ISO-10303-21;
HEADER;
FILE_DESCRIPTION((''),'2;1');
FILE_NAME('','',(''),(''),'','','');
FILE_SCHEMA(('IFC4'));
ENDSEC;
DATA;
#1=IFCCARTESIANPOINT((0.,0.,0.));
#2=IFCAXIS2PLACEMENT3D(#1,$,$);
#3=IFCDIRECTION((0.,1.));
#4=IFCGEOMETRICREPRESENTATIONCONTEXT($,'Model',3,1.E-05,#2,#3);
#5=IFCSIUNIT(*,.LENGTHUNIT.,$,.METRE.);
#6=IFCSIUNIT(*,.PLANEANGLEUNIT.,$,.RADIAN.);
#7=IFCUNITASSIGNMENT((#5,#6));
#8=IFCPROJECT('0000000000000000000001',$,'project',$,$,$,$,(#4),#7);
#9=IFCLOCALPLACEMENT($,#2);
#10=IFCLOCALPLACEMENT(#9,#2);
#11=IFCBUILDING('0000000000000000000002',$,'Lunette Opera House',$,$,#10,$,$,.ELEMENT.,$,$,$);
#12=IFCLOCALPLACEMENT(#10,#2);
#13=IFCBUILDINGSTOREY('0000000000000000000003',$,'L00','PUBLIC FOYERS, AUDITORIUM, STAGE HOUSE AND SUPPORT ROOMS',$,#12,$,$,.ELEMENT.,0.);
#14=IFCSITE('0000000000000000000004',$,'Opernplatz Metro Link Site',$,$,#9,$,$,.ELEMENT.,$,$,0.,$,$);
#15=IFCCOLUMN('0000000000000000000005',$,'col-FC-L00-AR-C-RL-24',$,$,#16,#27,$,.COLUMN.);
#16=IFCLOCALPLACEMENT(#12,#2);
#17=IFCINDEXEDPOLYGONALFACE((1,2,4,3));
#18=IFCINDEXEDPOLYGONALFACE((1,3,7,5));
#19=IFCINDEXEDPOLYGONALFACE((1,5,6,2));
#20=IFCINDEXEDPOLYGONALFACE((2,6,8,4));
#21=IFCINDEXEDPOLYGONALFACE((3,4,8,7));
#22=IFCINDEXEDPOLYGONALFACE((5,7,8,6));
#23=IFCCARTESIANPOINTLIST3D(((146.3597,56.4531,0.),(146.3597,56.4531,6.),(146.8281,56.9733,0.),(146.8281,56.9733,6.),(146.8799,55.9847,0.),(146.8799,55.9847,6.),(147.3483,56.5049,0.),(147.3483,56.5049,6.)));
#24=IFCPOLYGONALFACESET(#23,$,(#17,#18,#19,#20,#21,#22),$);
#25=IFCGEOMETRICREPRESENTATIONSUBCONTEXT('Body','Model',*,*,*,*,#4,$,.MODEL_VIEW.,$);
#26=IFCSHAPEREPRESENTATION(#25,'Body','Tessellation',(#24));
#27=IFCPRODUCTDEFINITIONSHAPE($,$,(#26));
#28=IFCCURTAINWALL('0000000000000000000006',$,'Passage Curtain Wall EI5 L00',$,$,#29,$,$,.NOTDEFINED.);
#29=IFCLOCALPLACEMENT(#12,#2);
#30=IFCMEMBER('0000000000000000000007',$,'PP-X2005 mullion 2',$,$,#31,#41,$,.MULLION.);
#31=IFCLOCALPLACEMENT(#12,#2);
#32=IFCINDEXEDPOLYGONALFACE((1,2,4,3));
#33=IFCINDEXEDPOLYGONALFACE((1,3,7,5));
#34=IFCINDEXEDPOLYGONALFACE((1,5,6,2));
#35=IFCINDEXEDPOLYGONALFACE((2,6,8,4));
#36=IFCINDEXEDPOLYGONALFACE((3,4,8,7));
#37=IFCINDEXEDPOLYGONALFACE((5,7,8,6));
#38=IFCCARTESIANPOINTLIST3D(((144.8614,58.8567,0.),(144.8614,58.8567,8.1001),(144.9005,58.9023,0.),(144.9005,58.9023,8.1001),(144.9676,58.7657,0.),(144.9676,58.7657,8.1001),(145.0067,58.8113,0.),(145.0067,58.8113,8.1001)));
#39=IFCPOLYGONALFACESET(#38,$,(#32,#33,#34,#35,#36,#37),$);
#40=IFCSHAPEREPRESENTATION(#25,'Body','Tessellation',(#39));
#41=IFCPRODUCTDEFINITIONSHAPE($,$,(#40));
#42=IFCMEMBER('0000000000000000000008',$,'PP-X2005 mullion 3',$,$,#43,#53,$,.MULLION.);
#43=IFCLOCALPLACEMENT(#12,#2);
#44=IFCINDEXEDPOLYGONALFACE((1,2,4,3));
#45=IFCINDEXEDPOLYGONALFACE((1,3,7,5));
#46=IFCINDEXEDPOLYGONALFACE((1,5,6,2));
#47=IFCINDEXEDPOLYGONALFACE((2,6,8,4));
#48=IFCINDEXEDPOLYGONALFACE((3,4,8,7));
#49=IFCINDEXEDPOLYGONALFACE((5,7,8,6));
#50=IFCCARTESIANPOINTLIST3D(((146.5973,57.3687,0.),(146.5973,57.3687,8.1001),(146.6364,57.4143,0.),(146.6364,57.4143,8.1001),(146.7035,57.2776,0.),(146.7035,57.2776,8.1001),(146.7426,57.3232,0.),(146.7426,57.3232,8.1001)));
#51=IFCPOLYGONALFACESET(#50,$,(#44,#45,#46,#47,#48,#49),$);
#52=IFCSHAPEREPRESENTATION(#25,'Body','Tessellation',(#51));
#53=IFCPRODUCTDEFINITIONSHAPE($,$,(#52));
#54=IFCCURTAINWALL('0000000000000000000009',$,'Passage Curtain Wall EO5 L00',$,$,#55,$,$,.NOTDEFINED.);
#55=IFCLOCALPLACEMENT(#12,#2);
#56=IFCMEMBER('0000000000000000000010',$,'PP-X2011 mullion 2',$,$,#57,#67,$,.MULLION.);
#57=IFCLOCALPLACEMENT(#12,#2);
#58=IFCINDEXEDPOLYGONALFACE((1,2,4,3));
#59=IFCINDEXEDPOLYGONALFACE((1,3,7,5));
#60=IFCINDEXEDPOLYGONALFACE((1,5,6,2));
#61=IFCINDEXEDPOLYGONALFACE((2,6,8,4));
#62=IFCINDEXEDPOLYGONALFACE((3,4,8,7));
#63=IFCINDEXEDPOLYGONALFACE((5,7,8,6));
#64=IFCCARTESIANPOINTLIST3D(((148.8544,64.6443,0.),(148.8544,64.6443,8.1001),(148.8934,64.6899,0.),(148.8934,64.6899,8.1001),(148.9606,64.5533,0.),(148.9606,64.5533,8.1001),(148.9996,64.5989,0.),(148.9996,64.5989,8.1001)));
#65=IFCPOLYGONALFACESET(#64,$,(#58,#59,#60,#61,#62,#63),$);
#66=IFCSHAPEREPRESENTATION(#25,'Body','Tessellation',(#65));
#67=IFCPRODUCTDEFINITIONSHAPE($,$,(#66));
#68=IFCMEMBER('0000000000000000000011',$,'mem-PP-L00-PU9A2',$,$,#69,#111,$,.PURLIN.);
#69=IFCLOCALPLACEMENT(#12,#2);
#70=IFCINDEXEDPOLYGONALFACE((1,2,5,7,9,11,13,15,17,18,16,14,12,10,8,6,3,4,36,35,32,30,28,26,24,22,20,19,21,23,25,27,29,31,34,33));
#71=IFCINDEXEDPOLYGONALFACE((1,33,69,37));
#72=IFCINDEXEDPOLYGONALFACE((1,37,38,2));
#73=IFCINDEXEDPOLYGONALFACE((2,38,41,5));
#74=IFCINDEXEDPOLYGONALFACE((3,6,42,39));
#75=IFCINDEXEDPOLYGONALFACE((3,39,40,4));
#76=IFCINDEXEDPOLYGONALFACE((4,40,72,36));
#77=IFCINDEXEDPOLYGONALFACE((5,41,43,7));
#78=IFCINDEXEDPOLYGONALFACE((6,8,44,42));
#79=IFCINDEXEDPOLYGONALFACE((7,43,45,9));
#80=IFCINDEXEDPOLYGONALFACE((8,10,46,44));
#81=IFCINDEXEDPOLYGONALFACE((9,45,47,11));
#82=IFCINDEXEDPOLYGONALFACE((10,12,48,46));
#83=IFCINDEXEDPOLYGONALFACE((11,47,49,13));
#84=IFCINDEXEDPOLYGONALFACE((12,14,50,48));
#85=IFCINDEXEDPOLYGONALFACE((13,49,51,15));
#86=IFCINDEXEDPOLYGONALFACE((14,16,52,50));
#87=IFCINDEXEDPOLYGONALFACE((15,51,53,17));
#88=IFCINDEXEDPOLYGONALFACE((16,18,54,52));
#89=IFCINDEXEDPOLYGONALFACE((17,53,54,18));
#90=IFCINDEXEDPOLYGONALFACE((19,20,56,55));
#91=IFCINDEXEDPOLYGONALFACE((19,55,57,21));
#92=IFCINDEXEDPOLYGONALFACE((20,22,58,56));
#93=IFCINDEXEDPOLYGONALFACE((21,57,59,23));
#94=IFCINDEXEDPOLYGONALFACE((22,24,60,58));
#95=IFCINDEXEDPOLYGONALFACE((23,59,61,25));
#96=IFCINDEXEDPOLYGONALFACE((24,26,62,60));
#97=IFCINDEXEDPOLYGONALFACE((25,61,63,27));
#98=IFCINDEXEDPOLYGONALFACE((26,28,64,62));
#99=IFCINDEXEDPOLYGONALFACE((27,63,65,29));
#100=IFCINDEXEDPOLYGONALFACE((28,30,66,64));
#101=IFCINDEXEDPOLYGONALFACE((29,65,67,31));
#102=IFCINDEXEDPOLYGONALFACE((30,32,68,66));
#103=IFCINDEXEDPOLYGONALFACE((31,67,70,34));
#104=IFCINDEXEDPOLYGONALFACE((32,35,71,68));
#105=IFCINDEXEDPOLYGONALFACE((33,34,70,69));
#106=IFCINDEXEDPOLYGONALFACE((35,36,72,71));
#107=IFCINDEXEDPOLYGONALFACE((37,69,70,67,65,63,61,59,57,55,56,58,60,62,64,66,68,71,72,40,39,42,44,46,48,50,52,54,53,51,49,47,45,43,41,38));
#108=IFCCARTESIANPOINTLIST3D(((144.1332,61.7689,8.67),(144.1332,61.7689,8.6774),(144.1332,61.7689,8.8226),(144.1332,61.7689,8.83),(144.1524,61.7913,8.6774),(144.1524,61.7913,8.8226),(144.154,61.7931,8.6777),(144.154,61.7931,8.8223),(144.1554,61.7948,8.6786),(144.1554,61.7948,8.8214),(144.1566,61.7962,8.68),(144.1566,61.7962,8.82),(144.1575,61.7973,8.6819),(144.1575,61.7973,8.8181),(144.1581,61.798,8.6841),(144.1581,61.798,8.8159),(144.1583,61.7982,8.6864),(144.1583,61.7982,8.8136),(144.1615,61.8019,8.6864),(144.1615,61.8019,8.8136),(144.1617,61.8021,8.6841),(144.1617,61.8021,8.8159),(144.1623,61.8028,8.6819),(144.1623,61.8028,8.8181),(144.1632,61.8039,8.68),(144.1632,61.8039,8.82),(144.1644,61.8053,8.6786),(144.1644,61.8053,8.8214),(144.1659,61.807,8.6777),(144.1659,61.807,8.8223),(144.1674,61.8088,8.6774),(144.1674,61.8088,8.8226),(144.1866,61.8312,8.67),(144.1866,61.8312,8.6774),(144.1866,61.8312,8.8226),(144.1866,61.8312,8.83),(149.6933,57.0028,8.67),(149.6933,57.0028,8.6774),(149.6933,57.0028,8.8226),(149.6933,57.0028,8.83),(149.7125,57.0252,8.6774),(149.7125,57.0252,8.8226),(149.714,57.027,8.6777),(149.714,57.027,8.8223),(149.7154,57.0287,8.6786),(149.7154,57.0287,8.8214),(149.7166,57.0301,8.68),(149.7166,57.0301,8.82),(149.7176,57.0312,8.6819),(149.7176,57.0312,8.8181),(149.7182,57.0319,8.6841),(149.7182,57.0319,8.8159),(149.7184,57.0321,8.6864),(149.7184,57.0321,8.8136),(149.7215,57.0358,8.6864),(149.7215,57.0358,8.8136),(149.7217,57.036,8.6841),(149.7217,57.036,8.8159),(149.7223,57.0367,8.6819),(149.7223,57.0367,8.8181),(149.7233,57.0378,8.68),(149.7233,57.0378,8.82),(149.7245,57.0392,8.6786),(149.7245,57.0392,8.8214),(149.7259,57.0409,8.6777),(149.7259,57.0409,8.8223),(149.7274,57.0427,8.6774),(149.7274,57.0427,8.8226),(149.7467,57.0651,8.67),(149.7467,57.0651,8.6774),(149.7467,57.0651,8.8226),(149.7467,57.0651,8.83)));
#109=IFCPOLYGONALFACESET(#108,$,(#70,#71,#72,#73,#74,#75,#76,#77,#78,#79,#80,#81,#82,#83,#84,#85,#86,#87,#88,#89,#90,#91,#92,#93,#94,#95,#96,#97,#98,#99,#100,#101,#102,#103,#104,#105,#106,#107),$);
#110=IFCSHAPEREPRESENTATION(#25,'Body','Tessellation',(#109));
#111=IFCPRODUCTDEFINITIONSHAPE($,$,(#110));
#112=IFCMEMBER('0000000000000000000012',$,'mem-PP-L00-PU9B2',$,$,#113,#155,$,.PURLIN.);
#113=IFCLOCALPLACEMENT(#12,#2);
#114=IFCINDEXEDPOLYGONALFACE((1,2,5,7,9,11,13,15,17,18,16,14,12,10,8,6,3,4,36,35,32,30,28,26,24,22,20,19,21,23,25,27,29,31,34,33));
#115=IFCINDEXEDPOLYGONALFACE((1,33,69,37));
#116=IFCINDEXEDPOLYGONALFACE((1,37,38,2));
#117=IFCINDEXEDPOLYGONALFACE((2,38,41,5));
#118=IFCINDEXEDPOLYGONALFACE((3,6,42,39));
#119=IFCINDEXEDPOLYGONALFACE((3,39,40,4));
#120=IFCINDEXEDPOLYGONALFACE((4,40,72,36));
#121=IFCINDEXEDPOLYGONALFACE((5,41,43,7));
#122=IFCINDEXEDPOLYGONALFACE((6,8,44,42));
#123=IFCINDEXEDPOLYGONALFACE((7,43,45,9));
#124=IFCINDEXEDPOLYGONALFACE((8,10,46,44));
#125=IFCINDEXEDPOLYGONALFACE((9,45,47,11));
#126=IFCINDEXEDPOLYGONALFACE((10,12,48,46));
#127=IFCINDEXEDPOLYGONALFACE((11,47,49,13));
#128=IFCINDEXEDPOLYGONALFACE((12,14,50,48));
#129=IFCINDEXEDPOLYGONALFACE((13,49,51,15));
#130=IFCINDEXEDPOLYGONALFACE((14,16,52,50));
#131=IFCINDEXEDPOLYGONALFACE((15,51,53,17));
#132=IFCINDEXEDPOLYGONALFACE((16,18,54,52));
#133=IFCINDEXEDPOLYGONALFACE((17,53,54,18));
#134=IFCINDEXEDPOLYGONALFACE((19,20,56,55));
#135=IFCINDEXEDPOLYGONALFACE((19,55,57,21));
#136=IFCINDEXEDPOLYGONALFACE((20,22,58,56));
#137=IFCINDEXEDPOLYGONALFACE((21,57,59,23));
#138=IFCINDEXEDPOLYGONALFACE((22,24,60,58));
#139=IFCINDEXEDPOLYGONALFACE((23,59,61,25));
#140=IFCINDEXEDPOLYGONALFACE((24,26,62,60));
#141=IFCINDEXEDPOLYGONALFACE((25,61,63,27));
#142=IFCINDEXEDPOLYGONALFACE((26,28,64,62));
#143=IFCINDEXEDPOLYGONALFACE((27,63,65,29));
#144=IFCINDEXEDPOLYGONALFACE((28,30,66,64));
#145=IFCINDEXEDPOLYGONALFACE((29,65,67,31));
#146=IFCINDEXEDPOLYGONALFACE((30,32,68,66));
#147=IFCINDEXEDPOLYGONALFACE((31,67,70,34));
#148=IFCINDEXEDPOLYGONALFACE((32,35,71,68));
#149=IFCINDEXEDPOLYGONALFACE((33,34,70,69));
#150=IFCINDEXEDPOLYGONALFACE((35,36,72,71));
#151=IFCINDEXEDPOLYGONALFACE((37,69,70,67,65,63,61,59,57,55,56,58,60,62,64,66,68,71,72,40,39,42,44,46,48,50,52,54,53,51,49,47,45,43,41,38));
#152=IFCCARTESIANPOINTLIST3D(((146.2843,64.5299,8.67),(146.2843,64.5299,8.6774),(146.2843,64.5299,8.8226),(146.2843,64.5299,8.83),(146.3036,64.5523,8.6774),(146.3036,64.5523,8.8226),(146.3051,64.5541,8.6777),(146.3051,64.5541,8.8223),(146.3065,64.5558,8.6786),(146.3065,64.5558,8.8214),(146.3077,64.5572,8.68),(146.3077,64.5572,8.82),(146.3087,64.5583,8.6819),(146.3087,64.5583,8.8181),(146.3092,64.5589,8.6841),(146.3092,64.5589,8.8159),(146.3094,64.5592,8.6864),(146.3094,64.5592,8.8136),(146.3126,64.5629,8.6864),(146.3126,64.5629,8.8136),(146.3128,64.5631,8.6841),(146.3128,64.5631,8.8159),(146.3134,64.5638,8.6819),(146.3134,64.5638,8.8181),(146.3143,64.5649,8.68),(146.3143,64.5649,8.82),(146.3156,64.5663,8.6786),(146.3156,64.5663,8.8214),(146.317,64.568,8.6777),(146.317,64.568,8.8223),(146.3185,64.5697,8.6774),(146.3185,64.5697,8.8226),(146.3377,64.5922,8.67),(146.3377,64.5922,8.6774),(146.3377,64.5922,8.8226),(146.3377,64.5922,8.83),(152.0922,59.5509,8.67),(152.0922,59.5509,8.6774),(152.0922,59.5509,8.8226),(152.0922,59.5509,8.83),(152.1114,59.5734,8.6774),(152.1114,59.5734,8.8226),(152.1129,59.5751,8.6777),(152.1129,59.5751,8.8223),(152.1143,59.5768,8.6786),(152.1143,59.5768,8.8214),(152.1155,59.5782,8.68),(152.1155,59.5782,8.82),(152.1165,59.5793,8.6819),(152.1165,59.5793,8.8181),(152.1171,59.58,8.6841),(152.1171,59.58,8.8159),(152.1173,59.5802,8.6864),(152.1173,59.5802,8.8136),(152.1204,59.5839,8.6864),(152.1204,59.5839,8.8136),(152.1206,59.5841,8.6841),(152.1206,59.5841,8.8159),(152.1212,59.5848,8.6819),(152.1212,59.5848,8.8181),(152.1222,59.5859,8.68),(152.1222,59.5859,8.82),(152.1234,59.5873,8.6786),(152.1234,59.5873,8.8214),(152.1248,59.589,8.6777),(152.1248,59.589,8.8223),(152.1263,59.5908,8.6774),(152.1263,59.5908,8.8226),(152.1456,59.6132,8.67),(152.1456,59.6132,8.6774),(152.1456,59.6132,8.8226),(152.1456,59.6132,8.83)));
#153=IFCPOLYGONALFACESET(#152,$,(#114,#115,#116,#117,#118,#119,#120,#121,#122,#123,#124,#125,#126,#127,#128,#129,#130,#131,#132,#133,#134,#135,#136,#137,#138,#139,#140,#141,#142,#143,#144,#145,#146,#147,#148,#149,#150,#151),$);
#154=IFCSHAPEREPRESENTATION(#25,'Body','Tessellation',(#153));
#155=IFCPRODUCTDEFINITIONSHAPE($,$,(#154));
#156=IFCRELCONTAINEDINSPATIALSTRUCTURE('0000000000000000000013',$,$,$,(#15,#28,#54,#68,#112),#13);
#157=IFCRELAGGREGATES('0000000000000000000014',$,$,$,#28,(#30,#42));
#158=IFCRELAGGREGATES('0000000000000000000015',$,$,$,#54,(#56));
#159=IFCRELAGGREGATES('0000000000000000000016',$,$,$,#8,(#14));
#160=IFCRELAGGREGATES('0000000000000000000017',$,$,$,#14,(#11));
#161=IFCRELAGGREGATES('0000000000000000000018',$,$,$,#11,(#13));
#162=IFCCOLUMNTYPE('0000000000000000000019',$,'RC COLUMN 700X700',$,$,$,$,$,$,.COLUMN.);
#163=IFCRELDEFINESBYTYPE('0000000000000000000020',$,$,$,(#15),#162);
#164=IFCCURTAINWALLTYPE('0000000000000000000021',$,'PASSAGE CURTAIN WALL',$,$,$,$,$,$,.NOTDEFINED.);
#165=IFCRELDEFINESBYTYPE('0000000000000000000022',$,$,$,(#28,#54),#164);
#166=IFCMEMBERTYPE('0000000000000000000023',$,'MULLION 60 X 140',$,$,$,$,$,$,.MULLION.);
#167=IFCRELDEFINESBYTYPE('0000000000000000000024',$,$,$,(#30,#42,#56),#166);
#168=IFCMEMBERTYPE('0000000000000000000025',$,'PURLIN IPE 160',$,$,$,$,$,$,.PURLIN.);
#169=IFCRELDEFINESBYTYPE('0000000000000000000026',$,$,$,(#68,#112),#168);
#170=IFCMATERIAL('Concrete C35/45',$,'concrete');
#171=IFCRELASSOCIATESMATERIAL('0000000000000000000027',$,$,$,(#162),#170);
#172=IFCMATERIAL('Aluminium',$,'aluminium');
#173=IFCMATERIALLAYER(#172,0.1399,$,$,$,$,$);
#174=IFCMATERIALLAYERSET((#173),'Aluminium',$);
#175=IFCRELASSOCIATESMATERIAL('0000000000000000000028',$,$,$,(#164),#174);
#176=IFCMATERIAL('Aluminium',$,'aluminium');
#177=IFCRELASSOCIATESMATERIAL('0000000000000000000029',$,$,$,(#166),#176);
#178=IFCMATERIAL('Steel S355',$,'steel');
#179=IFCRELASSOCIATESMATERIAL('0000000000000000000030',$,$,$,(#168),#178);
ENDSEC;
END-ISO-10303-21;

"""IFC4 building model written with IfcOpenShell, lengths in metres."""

from ifc_helpers import new_model, si_unit, direction, frame, origin, origin_2d, place, context, subcontext, project, spatial, rectangle, i_section, extrude, material, layer, layer_set, material_profile, profile_set, type_object, element, aggregate, save


model = new_model("IFC4")

# Units and contexts
model_context = context("Model", 3, precision=1e-05, world=origin(), true_north=direction((0.0, 1.0)))
body_context = subcontext(model_context, "Body", "Model", "MODEL_VIEW")
ifc_project = project(units=[si_unit("LENGTHUNIT", "METRE"), si_unit("PLANEANGLEUNIT", "RADIAN")], contexts=[model_context])

# Site, building, storey
site_placement = place(None, origin())
site = spatial("IfcSite", under=ifc_project, at=site_placement, Name="Opernplatz Metro Link Site", CompositionType="ELEMENT", RefElevation=0.0)
building_placement = place(site_placement, origin())
building = spatial("IfcBuilding", under=site, at=building_placement, Name="Lunette Opera House", CompositionType="ELEMENT")
storey_placement = place(building_placement, origin())
storey = spatial("IfcBuildingStorey", under=building, at=storey_placement, Name="L00", Description="PUBLIC FOYERS, AUDITORIUM, STAGE HOUSE AND SUPPORT ROOMS", CompositionType="ELEMENT", Elevation=0.0)

# Column
ifc_material_1 = material(Name="Concrete C35/45", Category="concrete")
ifc_material_profile_1 = material_profile(ifc_material_1, rectangle(XDim=0.7, YDim=0.7, at=origin_2d()), Name="RC COLUMN 700X700")
ifc_profile_set_1 = profile_set([ifc_material_profile_1], Name="Concrete C35/45")
column_type = type_object("IfcColumnType", Name="RC COLUMN 700X700", PredefinedType="COLUMN", material=ifc_profile_set_1)
column_placement = place(storey_placement, frame((146.854, 56.479, 0.0), z_axis=(0.0, 0.0, 1.0), x_axis=(0.743145, -0.669131, 0.0)))
element("IfcColumn", 1, at=column_placement, inside=storey, type_object=column_type, Name="col-FC-L00-AR-C-RL-24", PredefinedType="COLUMN", context=body_context, shape_type="SweptSolid", body=[
    extrude(rectangle(XDim=0.7, YDim=0.7, at=origin_2d()), origin(), (0.0, 0.0, 1.0), 6.0),
])

# Curtain wall, members
ifc_material_2 = material(Name="Aluminium", Category="aluminium")
ifc_layer_1 = layer(ifc_material_2, 0.1399)
ifc_layer_set_1 = layer_set([ifc_layer_1], Name="Aluminium")
curtain_wall_type = type_object("IfcCurtainWallType", Name="PASSAGE CURTAIN WALL", PredefinedType="NOTDEFINED", material=ifc_layer_set_1)
curtain_wall_1_placement = place(storey_placement, origin())
curtain_wall_1 = element("IfcCurtainWall", 2, at=curtain_wall_1_placement, inside=storey, type_object=curtain_wall_type, Name="Passage Curtain Wall EI5 L00", PredefinedType="NOTDEFINED")
ifc_material_3 = material(Name="Aluminium", Category="aluminium")
ifc_material_profile_2 = material_profile(ifc_material_3, rectangle(XDim=0.0601, YDim=0.1399, at=origin_2d()), Name="MULLION 60 X 140")
ifc_profile_set_2 = profile_set([ifc_material_profile_2], Name="Aluminium")
member_type_1 = type_object("IfcMemberType", Name="MULLION 60 X 140", PredefinedType="MULLION", material=ifc_profile_set_2)
member_1_placement = place(storey_placement, frame((144.9341, 58.834, 0.0), z_axis=(0.0, 0.0, 1.0), x_axis=(0.650791, 0.759257, 0.0)))
member_1 = element("IfcMember", 3, at=member_1_placement, type_object=member_type_1, Name="PP-X2005 mullion 2", PredefinedType="MULLION", context=body_context, shape_type="SweptSolid", body=[
    extrude(rectangle(XDim=0.0601, YDim=0.1399, at=origin_2d()), origin(), (0.0, 0.0, 1.0), 8.1001),
])
member_2_placement = place(storey_placement, frame((146.6699, 57.3459, 0.0), z_axis=(0.0, 0.0, 1.0), x_axis=(0.650791, 0.759257, 0.0)))
member_2 = element("IfcMember", 4, at=member_2_placement, type_object=member_type_1, Name="PP-X2005 mullion 3", PredefinedType="MULLION", context=body_context, shape_type="SweptSolid", body=[
    extrude(rectangle(XDim=0.0601, YDim=0.1399, at=origin_2d()), origin(), (0.0, 0.0, 1.0), 8.1001),
])

# Curtain wall, member
curtain_wall_2_placement = place(storey_placement, origin())
curtain_wall_2 = element("IfcCurtainWall", 5, at=curtain_wall_2_placement, inside=storey, type_object=curtain_wall_type, Name="Passage Curtain Wall EO5 L00", PredefinedType="NOTDEFINED")
member_3_placement = place(storey_placement, frame((148.927, 64.6216, 0.0), z_axis=(0.0, 0.0, 1.0), x_axis=(0.650857, 0.7592, 0.0)))
member_3 = element("IfcMember", 6, at=member_3_placement, type_object=member_type_1, Name="PP-X2011 mullion 2", PredefinedType="MULLION", context=body_context, shape_type="SweptSolid", body=[
    extrude(rectangle(XDim=0.0601, YDim=0.1399, at=origin_2d()), origin(), (0.0, 0.0, 1.0), 8.1001),
])

# Members
ifc_material_4 = material(Name="Steel S355", Category="steel")
ifc_material_profile_3 = material_profile(ifc_material_4, i_section(OverallWidth=0.082, OverallDepth=0.1599, WebThickness=0.0049, FlangeThickness=0.0073, FilletRadius=0.009, at=origin_2d()), Name="IPE 160")
ifc_profile_set_3 = profile_set([ifc_material_profile_3], Name="Steel S355")
member_type_2 = type_object("IfcMemberType", Name="PURLIN IPE 160", PredefinedType="PURLIN", material=ifc_profile_set_3)
member_4_placement = place(storey_placement, frame((144.1599, 61.8, 8.75), z_axis=(0.759233, -0.650819, 0.0), x_axis=(0.650819, 0.759233, 0.0)))
element("IfcMember", 7, at=member_4_placement, inside=storey, type_object=member_type_2, Name="mem-PP-L00-PU9A2", PredefinedType="PURLIN", context=body_context, shape_type="SweptSolid", body=[
    extrude(i_section(OverallWidth=0.082, OverallDepth=0.1599, WebThickness=0.0049, FlangeThickness=0.0073, FilletRadius=0.009, at=origin_2d()), origin(), (0.0, 0.0, 1.0), 7.3232),
])
member_5_placement = place(storey_placement, frame((146.311, 64.561, 8.75), z_axis=(0.759203, -0.650854, 0.0), x_axis=(0.650854, 0.759203, 0.0)))
element("IfcMember", 8, at=member_5_placement, inside=storey, type_object=member_type_2, Name="mem-PP-L00-PU9B2", PredefinedType="PURLIN", context=body_context, shape_type="SweptSolid", body=[
    extrude(i_section(OverallWidth=0.082, OverallDepth=0.1599, WebThickness=0.0049, FlangeThickness=0.0073, FilletRadius=0.009, at=origin_2d()), origin(), (0.0, 0.0, 1.0), 7.6499),
])

aggregate(curtain_wall_1, [member_1, member_2])
aggregate(curtain_wall_2, [member_3])

save(model, "model.ifc")
